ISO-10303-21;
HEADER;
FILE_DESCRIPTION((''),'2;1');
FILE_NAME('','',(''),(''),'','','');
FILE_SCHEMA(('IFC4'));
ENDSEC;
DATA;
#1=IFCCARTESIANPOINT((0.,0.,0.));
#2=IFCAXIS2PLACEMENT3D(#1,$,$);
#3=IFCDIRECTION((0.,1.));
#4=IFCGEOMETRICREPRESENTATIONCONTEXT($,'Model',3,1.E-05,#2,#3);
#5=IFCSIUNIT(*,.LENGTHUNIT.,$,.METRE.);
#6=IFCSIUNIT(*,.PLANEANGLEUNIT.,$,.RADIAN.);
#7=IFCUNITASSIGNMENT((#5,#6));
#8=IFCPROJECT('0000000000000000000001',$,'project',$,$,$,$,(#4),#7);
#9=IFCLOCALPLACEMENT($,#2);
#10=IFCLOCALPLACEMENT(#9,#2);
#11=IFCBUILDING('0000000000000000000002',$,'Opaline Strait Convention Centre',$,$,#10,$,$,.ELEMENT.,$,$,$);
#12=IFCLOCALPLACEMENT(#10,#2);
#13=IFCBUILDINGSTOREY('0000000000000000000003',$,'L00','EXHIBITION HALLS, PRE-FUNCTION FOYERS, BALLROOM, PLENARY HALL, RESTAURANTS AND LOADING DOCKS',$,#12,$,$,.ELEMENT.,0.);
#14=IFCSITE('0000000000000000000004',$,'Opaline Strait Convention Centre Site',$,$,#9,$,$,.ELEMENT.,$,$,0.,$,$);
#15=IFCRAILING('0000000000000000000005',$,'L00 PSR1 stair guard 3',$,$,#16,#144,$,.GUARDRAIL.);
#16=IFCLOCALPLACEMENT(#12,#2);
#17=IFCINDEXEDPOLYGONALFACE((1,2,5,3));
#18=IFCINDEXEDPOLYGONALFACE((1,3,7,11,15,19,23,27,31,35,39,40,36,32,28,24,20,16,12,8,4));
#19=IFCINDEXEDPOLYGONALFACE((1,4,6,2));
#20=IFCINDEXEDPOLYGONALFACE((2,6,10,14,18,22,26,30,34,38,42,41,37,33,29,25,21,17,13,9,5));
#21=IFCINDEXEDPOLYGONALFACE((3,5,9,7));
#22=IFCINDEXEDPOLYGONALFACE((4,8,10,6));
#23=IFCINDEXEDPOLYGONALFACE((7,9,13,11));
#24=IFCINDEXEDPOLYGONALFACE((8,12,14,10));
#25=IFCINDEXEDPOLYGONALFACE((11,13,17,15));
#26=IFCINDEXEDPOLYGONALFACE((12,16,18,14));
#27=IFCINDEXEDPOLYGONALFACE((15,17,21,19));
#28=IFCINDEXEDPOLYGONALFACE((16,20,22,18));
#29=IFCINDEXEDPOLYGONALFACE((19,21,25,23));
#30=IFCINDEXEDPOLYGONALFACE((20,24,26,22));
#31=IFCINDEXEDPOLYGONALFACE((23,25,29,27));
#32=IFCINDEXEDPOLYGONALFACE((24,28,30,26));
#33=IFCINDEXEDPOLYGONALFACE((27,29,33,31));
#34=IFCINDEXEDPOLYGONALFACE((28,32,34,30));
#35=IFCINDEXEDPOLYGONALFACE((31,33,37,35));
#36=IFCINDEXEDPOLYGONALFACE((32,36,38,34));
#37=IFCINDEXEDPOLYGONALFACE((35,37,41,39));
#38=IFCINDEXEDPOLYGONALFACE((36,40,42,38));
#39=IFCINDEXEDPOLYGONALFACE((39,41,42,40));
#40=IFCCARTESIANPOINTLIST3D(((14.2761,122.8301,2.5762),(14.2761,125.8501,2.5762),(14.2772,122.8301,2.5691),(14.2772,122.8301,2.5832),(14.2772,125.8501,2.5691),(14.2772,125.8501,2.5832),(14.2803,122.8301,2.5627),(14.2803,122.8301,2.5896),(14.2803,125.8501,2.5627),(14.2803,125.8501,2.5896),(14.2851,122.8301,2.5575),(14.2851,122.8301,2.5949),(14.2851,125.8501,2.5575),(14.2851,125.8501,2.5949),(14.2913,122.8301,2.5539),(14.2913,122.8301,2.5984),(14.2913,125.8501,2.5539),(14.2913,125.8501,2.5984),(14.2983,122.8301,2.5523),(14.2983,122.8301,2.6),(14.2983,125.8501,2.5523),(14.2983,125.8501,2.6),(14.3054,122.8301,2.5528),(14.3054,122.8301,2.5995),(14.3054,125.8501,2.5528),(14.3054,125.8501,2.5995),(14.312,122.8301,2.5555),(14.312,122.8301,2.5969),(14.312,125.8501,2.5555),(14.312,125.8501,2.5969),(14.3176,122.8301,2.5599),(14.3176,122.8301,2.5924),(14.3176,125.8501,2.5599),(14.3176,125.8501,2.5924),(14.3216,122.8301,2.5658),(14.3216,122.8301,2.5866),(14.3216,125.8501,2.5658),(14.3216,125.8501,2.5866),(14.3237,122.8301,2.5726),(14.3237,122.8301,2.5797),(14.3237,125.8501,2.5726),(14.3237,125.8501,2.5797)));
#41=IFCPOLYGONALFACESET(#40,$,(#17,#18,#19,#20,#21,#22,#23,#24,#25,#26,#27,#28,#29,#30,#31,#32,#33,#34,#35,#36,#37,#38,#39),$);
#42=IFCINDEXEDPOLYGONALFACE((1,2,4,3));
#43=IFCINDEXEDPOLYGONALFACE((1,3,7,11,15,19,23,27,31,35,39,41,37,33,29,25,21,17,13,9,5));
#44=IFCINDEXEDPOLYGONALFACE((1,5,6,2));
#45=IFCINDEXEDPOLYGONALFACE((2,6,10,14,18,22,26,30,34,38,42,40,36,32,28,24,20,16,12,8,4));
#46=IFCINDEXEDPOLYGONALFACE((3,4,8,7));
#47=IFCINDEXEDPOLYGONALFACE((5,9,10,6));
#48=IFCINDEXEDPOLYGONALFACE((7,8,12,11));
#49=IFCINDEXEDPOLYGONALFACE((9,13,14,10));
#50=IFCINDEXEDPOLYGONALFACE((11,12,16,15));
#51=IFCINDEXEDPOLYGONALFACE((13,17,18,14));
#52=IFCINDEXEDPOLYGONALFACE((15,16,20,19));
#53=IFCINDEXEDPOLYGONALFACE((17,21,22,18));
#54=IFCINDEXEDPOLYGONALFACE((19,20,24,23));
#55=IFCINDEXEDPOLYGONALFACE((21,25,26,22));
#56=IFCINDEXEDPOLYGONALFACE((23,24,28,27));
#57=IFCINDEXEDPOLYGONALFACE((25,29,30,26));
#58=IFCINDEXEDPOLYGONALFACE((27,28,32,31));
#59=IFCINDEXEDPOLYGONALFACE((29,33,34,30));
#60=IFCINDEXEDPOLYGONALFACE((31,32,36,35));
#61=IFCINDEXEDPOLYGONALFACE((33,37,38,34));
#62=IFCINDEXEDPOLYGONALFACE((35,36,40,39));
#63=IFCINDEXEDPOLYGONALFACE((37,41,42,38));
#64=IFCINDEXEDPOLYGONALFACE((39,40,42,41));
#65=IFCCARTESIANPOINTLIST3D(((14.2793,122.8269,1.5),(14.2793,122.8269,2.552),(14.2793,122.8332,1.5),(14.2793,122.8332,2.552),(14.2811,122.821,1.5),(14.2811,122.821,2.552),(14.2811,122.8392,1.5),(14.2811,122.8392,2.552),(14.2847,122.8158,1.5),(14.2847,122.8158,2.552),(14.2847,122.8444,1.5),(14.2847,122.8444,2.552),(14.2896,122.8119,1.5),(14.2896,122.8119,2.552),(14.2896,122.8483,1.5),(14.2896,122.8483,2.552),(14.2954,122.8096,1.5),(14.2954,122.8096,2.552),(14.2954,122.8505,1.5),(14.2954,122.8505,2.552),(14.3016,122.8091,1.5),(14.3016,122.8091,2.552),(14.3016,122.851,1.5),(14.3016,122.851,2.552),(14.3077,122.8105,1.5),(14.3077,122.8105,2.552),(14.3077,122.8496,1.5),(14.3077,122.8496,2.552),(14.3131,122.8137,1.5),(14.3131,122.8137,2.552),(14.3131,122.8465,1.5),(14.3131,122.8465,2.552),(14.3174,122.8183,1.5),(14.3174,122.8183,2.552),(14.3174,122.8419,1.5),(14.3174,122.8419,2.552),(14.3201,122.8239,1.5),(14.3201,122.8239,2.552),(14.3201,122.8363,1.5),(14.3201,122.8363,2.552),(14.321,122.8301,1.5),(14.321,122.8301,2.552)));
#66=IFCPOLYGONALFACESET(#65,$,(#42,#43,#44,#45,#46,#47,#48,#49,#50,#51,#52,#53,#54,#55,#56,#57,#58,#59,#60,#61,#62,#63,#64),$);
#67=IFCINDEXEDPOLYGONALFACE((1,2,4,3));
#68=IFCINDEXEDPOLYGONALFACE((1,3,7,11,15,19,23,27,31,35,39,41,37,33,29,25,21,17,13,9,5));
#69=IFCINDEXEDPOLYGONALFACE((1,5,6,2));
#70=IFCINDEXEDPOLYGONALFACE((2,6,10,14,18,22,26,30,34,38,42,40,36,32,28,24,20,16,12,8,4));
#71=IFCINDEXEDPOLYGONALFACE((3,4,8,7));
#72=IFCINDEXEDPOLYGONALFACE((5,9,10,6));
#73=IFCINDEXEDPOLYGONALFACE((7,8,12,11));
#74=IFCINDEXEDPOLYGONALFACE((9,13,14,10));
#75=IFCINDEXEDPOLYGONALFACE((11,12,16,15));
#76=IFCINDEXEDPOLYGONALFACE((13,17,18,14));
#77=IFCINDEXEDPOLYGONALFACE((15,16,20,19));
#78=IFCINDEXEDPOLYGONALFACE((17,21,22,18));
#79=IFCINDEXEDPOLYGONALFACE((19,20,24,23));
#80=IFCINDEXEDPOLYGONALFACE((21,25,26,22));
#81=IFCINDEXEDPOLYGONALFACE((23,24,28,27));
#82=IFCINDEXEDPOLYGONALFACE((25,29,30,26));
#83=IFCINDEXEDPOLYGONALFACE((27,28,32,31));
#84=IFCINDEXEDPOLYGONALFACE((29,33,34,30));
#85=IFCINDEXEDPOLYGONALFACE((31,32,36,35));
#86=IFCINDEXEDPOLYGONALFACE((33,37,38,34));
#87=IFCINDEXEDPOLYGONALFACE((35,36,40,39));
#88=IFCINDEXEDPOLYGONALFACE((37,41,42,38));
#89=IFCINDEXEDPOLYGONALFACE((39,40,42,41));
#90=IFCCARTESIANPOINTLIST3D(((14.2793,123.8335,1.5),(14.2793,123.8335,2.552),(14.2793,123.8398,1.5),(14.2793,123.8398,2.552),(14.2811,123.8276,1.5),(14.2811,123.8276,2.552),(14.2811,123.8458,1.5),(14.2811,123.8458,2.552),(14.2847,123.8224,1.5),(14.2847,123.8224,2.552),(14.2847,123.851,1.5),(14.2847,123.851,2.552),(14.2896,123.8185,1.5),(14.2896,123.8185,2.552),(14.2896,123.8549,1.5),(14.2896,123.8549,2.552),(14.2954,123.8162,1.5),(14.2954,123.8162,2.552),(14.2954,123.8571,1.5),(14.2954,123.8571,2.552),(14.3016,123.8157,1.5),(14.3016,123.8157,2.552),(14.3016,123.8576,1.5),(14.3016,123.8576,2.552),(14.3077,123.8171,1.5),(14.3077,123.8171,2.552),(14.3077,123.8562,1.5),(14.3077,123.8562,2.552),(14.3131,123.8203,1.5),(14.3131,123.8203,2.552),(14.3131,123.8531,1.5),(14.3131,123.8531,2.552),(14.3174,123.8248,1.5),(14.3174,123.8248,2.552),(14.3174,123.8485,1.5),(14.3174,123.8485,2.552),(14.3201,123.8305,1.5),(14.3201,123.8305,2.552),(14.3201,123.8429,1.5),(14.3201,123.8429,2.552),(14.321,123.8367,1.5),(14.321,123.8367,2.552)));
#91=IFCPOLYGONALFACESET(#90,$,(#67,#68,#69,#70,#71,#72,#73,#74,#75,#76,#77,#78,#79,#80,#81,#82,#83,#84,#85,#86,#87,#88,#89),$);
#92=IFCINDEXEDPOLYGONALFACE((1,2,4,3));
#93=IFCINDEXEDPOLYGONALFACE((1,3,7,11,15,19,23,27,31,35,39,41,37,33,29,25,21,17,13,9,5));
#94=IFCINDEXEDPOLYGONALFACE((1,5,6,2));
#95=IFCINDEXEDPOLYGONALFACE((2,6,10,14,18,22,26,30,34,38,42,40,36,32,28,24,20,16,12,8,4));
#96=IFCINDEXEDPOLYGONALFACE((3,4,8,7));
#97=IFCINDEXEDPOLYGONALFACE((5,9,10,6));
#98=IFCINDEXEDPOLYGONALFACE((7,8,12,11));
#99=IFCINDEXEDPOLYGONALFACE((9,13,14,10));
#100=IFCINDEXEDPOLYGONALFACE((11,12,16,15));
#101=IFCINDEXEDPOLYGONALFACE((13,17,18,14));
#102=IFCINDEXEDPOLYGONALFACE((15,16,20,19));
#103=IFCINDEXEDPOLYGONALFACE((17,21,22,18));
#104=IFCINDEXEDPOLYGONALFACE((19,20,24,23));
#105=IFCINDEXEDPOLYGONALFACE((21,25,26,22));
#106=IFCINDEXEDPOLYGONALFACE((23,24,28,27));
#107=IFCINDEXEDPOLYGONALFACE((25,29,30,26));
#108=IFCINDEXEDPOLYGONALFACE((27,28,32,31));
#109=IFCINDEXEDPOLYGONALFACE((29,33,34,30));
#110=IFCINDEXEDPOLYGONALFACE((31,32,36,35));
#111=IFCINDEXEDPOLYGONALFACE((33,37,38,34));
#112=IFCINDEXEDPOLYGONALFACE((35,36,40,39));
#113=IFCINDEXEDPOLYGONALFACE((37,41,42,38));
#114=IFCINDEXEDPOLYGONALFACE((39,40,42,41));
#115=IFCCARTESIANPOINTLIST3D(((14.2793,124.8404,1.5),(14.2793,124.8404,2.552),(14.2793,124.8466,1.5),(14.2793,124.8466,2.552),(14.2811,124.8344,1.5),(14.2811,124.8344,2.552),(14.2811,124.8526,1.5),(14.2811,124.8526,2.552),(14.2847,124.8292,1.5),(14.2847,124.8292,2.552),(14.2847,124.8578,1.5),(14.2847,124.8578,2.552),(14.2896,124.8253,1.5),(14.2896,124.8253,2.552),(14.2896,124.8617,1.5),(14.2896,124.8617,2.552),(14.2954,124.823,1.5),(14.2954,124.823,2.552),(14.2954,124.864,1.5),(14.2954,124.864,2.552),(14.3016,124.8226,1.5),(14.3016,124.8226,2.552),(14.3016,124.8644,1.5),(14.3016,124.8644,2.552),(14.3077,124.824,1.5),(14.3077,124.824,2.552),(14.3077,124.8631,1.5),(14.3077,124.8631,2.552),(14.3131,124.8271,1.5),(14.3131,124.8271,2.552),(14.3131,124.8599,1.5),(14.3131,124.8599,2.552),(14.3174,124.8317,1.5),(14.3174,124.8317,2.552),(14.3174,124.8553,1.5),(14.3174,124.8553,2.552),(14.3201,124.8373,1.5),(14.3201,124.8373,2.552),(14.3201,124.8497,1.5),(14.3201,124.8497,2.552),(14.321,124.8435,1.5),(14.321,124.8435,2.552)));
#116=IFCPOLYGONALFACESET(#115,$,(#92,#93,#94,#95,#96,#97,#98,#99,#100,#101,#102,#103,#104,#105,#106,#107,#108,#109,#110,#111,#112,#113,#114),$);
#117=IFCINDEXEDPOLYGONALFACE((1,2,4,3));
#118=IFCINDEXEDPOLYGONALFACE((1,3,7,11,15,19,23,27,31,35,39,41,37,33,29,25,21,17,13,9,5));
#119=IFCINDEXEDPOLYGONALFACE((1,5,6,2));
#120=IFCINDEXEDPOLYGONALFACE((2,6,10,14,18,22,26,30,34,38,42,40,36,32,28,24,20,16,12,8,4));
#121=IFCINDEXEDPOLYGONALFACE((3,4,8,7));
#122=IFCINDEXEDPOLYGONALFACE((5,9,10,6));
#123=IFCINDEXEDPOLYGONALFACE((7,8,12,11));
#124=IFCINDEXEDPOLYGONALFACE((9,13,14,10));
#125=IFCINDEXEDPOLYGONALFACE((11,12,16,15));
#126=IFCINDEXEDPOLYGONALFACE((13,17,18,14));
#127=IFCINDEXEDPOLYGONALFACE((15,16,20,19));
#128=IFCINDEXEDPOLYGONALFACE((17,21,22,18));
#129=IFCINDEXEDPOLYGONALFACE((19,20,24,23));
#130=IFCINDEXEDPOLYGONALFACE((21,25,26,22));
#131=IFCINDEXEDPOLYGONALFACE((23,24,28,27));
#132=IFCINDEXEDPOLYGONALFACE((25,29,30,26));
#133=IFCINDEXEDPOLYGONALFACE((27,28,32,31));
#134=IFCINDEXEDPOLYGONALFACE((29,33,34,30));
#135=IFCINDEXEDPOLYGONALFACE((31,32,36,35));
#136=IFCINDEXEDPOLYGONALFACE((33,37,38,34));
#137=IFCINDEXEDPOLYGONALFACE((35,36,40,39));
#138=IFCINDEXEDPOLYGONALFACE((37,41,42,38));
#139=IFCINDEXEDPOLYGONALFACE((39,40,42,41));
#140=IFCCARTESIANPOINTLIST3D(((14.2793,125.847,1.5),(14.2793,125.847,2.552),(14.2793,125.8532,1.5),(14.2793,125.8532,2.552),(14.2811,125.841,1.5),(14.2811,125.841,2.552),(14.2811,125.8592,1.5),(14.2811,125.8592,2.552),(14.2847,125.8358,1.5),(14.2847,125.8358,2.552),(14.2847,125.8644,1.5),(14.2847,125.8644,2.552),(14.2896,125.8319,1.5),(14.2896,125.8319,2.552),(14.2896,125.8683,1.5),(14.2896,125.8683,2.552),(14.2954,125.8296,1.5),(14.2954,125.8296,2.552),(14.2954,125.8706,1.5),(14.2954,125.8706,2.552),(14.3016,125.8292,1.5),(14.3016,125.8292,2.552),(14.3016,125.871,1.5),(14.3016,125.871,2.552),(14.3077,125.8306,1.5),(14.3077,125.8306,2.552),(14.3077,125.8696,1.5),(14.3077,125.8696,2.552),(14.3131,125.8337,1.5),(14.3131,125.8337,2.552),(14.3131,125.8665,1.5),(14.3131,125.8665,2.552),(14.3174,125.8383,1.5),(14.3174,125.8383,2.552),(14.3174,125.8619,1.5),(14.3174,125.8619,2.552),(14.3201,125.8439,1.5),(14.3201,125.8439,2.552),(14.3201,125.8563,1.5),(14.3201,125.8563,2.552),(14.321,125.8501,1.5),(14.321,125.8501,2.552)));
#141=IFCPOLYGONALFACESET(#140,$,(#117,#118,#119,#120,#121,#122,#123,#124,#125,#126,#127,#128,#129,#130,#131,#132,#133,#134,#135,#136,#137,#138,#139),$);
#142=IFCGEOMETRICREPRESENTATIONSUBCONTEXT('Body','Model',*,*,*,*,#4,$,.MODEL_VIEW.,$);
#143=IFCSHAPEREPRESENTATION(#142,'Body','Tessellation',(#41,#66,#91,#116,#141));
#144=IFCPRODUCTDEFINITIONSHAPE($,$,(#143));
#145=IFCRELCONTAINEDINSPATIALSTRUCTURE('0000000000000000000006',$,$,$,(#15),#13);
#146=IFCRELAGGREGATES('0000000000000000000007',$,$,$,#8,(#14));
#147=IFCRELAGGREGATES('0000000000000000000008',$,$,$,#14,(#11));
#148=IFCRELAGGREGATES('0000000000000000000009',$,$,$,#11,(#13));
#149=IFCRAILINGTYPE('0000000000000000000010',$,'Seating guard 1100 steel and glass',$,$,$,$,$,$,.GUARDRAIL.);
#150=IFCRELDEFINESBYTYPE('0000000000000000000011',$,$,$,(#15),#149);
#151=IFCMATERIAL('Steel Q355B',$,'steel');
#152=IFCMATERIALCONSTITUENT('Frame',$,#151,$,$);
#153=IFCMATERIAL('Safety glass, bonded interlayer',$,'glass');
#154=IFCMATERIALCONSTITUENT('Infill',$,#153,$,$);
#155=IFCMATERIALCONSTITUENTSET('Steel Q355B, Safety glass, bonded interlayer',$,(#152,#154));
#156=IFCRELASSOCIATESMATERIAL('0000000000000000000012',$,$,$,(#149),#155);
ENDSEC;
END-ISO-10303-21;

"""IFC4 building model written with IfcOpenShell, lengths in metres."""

from ifc_helpers import new_model, si_unit, direction, frame, origin, origin_2d, place, context, subcontext, project, spatial, circle, extrude, material, constituent, constituent_set, type_object, element, save


model = new_model("IFC4")

# Units and contexts
model_context = context("Model", 3, precision=1e-05, world=origin(), true_north=direction((0.0, 1.0)))
body_context = subcontext(model_context, "Body", "Model", "MODEL_VIEW")
ifc_project = project(units=[si_unit("LENGTHUNIT", "METRE"), si_unit("PLANEANGLEUNIT", "RADIAN")], contexts=[model_context])

# Site, building, storey
site_placement = place(None, origin())
site = spatial("IfcSite", under=ifc_project, at=site_placement, Name="Opaline Strait Convention Centre Site", CompositionType="ELEMENT", RefElevation=0.0)
building_placement = place(site_placement, origin())
building = spatial("IfcBuilding", under=site, at=building_placement, Name="Opaline Strait Convention Centre", CompositionType="ELEMENT")
storey_placement = place(building_placement, origin())
storey = spatial("IfcBuildingStorey", under=building, at=storey_placement, Name="L00", Description="EXHIBITION HALLS, PRE-FUNCTION FOYERS, BALLROOM, PLENARY HALL, RESTAURANTS AND LOADING DOCKS", CompositionType="ELEMENT", Elevation=0.0)

# Railing
ifc_material_1 = material(Name="Steel Q355B", Category="steel")
ifc_constituent_1 = constituent(ifc_material_1, Name="Frame")
ifc_material_2 = material(Name="Safety glass, bonded interlayer", Category="glass")
ifc_constituent_2 = constituent(ifc_material_2, Name="Infill")
ifc_constituent_set = constituent_set(constituents=[ifc_constituent_1, ifc_constituent_2], Name="Steel Q355B, Safety glass, bonded interlayer")
railing_type_1 = type_object("IfcRailingType", Name="Seating guard 1100 steel and glass", PredefinedType="GUARDRAIL", material=ifc_constituent_set)
railing_1_placement = place(storey_placement, frame((14.3, 122.8301, 1.5)))
element("IfcRailing", 1, at=railing_1_placement, inside=storey, type_object=railing_type_1, Name="L00 PSR1 stair guard 3", PredefinedType="GUARDRAIL", context=body_context, shape_type="SweptSolid", body=[
    extrude(circle(Radius=0.0239, at=origin_2d()), frame((0.0, 0.0, 1.0762), z_axis=(0.0, 1.0, 0.0), x_axis=(-1.0, 0.0, 0.0)), (0.0, 0.0, 1.0), 3.02),
    extrude(circle(Radius=0.021, at=origin_2d()), origin(), (0.0, 0.0, 1.0), 1.052),
    extrude(circle(Radius=0.021, at=origin_2d()), frame((0.0, 1.0066, 0.0)), (0.0, 0.0, 1.0), 1.052),
    extrude(circle(Radius=0.021, at=origin_2d()), frame((0.0, 2.0134, 0.0)), (0.0, 0.0, 1.0), 1.052),
    extrude(circle(Radius=0.021, at=origin_2d()), frame((0.0, 3.02, 0.0)), (0.0, 0.0, 1.0), 1.052),
])

save(model, "model.ifc")
